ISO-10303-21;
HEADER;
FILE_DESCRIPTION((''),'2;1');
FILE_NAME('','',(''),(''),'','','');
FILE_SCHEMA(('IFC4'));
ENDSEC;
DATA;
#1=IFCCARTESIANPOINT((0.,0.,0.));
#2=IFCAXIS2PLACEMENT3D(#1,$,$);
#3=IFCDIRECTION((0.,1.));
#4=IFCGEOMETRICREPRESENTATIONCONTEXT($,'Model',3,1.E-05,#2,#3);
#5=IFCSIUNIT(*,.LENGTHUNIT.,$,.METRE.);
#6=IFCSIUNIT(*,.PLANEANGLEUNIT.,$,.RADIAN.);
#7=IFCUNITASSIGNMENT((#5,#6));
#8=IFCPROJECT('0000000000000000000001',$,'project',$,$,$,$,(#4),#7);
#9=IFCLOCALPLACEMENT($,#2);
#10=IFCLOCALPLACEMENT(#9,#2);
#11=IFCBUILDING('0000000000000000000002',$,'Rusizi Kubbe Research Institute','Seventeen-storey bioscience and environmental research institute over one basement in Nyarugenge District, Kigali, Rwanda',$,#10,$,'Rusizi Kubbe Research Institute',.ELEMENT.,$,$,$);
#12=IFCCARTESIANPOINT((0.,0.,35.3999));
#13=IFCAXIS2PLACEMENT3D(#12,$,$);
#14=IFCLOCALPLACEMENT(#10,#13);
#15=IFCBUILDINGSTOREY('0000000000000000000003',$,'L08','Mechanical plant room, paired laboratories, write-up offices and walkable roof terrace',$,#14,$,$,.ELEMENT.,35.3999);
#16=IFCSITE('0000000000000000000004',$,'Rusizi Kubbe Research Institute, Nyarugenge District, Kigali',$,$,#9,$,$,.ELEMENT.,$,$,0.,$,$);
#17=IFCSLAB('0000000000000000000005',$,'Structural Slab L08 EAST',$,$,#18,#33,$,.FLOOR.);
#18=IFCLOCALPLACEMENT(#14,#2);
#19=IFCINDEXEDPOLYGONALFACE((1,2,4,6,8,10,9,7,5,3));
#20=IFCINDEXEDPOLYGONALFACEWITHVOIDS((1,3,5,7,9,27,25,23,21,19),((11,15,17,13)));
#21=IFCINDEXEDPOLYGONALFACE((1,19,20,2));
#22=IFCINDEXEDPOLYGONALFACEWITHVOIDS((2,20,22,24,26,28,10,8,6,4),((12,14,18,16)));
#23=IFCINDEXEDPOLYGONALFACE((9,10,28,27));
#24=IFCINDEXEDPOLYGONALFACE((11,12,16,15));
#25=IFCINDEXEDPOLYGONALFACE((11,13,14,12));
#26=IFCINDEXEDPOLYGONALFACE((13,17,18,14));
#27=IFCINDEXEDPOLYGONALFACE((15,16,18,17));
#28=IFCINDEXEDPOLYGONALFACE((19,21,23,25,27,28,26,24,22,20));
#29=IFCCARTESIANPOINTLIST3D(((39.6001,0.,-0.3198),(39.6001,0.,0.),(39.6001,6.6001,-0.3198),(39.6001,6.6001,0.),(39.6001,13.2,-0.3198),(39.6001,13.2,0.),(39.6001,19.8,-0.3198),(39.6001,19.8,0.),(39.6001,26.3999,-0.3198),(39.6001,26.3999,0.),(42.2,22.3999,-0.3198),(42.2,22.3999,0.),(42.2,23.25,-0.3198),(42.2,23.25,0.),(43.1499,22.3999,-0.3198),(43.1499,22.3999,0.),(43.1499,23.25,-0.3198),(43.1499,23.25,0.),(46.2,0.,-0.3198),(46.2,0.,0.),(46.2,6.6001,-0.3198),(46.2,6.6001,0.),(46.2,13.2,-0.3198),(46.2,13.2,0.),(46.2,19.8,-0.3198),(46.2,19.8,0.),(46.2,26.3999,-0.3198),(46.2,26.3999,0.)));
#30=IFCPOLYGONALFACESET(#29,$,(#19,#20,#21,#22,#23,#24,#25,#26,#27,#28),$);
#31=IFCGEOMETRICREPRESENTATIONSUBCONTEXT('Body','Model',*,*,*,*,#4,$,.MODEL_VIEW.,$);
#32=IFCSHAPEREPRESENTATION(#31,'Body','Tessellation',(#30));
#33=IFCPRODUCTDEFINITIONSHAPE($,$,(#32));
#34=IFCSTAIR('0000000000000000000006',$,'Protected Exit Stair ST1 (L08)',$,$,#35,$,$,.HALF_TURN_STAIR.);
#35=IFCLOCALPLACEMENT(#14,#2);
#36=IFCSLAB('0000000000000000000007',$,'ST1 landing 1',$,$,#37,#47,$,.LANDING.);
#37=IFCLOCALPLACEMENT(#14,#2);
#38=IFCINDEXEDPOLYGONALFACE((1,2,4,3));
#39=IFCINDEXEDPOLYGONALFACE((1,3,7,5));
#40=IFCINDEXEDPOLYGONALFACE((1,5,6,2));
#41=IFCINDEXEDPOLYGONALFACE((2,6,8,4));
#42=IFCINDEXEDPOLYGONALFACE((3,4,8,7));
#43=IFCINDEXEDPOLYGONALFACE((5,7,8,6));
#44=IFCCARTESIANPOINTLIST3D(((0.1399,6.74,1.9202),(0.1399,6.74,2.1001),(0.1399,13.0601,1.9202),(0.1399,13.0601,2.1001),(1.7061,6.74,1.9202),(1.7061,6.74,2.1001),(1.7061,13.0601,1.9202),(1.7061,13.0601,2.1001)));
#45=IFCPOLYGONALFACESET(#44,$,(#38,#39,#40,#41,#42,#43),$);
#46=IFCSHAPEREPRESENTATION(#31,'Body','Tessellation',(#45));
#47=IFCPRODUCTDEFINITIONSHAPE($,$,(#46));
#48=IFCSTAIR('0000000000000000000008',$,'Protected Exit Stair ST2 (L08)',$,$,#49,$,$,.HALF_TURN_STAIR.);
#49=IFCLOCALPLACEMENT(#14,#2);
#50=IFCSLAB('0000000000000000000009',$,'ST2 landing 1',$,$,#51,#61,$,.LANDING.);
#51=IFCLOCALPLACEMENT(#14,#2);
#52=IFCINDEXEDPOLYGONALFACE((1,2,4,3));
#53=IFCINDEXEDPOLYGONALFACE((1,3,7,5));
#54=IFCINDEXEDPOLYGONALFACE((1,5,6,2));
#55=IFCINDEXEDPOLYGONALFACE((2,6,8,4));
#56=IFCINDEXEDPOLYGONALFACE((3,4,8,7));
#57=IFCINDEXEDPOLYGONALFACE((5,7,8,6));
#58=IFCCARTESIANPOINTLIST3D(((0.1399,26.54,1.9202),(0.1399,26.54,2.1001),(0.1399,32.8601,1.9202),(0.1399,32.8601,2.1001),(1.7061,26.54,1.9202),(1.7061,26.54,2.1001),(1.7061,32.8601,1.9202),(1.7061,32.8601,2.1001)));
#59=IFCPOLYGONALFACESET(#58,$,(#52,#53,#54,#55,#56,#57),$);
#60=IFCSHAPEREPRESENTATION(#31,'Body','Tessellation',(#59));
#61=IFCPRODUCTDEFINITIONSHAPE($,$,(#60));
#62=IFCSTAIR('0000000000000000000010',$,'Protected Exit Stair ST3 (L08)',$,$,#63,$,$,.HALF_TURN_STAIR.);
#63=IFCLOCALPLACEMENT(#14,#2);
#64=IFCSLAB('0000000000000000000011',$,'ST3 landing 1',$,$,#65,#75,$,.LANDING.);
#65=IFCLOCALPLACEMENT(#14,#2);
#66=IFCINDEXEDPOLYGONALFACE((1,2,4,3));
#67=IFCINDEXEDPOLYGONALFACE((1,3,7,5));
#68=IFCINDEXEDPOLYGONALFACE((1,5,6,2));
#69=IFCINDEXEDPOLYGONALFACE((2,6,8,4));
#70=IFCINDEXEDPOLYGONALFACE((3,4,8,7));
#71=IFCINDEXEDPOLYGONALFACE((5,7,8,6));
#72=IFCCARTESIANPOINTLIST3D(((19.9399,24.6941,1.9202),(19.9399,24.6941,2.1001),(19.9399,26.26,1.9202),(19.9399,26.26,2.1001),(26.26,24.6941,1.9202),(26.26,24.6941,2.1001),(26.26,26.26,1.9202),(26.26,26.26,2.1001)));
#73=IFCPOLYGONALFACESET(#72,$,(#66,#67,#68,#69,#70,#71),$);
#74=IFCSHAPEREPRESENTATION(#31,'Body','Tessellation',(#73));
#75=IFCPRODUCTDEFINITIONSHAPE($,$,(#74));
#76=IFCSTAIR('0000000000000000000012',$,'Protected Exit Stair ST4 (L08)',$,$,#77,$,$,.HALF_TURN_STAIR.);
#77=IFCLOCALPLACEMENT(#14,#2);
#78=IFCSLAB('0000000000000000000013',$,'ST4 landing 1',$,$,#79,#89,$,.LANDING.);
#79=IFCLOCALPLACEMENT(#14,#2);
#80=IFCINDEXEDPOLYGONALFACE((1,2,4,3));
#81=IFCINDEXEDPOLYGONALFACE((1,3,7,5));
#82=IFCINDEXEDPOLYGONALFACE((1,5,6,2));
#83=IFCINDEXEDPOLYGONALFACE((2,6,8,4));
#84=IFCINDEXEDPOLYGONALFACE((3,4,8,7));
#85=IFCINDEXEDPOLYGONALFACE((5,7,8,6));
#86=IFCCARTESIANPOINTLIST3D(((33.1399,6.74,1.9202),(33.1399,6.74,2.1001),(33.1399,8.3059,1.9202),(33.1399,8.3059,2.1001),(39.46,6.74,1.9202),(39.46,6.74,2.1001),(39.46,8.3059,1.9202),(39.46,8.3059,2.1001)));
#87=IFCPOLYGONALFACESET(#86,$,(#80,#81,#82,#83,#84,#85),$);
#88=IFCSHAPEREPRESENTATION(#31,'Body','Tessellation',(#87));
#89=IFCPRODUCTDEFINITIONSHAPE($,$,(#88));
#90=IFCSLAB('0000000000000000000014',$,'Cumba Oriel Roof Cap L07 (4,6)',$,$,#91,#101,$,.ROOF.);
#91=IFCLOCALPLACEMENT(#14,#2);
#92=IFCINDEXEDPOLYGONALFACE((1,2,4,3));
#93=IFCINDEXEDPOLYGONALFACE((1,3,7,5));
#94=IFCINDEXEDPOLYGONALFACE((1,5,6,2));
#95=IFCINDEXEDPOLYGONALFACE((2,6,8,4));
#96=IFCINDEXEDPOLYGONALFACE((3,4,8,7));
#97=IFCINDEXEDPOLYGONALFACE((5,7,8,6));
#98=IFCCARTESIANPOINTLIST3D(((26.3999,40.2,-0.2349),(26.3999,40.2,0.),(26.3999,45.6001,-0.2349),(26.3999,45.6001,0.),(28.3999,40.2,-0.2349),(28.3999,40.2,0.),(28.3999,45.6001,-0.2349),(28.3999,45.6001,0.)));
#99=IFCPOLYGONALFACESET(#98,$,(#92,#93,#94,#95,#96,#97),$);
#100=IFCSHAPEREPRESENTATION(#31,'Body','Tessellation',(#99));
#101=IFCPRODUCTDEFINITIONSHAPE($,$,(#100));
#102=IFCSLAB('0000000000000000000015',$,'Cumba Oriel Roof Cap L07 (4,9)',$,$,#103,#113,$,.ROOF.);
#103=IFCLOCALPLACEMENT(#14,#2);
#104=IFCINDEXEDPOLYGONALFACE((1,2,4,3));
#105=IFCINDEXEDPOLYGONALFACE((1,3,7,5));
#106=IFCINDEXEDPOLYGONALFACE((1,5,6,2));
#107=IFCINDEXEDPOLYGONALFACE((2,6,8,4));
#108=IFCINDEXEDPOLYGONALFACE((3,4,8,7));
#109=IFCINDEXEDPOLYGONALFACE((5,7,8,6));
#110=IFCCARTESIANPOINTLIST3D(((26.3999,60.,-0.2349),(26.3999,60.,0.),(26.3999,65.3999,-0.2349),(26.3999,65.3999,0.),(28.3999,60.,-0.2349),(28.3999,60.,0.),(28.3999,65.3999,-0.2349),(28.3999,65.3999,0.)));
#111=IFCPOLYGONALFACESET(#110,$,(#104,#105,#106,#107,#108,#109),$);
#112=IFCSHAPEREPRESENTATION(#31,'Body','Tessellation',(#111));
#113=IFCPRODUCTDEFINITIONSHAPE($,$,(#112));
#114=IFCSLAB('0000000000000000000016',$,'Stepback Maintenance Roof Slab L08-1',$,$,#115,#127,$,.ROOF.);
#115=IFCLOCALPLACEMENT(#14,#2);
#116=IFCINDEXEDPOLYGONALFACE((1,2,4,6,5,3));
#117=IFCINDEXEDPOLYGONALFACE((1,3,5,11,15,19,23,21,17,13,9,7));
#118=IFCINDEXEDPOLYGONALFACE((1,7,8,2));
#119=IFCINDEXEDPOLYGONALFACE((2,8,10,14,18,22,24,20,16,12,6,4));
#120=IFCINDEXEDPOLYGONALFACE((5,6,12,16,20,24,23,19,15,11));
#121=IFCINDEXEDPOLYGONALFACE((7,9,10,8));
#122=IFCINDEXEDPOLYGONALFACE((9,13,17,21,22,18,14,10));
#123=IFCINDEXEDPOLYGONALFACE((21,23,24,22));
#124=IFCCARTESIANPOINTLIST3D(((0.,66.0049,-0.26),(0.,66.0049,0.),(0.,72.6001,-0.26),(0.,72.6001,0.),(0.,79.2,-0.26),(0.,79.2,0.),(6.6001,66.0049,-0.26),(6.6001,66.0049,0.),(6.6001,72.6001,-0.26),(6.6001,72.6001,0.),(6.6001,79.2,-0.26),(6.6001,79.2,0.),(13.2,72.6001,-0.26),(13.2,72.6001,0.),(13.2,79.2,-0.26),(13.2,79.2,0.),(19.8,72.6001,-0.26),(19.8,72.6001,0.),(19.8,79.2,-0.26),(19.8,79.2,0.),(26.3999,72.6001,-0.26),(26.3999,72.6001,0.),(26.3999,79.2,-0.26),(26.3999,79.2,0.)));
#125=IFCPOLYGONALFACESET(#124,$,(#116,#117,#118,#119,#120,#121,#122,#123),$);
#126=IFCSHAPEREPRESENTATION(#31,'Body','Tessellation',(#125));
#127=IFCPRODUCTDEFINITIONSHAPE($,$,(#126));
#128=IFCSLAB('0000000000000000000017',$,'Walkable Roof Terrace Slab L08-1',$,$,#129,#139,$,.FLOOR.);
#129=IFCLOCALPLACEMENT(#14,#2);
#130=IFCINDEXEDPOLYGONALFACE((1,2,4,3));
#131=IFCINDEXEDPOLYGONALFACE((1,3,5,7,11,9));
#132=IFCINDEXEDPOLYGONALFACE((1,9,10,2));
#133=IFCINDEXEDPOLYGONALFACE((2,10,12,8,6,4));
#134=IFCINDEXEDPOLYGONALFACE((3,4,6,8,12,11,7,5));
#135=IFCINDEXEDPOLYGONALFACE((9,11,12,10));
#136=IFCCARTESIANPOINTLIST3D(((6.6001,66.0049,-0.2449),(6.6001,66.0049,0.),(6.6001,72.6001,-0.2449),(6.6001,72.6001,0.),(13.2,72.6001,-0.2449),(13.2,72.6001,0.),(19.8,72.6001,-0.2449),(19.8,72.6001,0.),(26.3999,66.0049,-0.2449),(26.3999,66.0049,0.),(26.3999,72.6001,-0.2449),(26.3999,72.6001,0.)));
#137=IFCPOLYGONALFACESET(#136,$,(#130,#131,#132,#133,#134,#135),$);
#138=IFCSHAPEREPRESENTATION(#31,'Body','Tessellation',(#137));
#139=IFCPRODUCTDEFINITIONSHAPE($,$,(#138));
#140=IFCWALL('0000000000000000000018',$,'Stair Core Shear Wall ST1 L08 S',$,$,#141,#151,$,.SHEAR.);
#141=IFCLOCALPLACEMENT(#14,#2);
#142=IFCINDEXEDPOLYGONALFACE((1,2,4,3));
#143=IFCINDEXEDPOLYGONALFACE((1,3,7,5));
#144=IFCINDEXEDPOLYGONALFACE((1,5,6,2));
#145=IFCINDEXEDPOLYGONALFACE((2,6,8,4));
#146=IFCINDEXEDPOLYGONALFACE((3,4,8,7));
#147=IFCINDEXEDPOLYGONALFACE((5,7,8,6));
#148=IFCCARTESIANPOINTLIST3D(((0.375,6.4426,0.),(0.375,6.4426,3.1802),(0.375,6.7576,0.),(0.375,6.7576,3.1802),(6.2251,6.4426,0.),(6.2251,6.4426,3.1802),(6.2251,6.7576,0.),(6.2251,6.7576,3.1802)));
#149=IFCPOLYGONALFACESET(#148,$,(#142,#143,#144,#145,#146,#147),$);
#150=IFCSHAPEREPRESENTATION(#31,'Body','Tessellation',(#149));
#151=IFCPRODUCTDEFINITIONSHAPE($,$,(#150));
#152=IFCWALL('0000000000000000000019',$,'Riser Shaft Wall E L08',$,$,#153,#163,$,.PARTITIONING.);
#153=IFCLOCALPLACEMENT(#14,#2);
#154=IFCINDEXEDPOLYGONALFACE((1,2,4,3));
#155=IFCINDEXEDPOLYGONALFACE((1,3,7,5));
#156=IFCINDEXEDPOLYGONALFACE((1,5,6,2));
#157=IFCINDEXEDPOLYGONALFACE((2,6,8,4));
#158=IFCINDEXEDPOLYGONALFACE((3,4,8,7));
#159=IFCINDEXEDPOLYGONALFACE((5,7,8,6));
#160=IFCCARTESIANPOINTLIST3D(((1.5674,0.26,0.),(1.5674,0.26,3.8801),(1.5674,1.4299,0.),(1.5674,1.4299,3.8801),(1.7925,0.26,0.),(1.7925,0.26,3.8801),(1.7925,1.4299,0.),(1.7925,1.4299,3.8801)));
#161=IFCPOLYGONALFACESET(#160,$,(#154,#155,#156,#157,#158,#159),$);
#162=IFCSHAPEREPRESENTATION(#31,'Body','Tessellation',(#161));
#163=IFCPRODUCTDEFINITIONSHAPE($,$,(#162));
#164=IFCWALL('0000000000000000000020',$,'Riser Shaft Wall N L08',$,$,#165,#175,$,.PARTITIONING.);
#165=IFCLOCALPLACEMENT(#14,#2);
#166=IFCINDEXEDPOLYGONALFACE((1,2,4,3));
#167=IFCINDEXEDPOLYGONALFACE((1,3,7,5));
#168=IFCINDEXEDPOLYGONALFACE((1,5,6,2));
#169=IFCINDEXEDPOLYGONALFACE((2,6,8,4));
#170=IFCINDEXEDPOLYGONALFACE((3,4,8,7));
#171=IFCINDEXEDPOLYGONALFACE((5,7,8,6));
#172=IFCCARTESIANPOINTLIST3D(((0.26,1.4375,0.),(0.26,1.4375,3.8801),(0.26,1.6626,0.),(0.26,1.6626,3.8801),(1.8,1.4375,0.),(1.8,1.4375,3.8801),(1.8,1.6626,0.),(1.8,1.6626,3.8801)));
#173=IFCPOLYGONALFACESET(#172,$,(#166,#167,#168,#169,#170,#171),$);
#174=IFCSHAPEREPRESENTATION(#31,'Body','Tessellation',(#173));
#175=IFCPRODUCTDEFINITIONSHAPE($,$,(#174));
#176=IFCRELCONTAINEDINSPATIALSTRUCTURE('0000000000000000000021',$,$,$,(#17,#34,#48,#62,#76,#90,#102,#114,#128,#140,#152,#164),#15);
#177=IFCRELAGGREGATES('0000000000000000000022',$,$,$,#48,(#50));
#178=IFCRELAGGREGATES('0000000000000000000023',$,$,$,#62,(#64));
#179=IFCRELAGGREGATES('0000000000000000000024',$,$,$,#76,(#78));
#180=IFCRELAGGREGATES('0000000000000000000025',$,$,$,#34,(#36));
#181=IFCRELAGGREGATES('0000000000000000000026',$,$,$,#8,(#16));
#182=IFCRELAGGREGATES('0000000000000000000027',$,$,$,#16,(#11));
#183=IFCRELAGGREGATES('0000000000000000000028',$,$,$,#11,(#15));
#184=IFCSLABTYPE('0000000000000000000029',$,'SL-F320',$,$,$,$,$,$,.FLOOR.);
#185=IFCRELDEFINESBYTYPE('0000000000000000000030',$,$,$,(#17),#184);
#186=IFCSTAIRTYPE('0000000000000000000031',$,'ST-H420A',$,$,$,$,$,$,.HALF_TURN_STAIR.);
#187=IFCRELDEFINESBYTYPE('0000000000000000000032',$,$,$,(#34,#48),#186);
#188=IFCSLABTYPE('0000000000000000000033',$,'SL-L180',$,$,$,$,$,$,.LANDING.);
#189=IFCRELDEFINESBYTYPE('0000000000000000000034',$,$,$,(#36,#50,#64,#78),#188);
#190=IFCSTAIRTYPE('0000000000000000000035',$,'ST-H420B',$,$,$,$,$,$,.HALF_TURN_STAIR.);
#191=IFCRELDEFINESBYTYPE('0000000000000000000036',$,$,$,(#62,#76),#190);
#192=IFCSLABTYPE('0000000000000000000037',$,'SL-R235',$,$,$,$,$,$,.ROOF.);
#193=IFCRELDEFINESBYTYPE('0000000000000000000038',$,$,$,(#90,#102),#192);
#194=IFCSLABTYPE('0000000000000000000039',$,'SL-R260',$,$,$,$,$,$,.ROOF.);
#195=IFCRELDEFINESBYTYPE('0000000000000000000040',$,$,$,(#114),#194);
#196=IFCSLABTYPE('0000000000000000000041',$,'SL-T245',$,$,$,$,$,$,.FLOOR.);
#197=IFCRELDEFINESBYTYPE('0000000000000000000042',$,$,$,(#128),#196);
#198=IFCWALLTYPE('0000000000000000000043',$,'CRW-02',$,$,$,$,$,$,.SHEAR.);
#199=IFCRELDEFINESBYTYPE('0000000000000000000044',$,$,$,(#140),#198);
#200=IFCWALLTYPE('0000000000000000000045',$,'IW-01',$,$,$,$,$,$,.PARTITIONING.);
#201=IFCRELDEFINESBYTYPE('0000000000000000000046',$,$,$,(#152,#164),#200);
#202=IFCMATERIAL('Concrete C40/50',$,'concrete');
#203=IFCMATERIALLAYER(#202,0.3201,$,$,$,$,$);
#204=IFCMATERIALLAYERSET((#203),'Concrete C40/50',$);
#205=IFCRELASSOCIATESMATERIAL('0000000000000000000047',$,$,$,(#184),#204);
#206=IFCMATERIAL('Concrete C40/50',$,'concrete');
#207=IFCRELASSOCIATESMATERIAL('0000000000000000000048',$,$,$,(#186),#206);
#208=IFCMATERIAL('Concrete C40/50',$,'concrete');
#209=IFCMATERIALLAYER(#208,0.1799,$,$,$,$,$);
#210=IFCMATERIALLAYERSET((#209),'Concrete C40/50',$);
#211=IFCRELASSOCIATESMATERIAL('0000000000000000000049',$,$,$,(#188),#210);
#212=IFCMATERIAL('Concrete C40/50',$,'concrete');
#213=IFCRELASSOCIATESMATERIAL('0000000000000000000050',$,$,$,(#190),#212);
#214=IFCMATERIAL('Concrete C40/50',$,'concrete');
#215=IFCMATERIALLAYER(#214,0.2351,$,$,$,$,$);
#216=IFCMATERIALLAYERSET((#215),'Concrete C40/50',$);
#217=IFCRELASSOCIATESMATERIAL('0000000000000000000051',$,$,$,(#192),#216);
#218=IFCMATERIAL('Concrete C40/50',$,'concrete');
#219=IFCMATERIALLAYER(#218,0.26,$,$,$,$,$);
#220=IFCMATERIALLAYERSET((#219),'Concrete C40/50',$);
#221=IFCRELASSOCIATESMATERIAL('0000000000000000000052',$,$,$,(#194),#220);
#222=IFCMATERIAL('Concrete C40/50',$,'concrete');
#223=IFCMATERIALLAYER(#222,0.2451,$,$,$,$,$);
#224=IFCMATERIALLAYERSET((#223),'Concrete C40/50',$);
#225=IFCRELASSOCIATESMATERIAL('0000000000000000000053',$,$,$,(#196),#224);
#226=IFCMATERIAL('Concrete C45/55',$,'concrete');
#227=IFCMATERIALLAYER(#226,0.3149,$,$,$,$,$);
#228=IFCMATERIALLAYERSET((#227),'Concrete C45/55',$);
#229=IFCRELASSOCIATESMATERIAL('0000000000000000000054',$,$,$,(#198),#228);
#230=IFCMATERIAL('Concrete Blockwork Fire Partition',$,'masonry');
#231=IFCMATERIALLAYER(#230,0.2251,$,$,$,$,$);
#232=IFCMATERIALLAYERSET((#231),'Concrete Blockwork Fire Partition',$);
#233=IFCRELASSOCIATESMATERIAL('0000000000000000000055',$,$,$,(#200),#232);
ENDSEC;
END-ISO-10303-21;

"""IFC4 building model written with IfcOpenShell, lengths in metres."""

from ifc_helpers import new_model, si_unit, direction, frame, frame_2d, origin, place, context, subcontext, project, spatial, polyline, rectangle, outline, extrude, material, layer, layer_set, type_object, element, aggregate, save


model = new_model("IFC4")

# Units and contexts
model_context = context("Model", 3, precision=1e-05, world=origin(), true_north=direction((0.0, 1.0)))
body_context = subcontext(model_context, "Body", "Model", "MODEL_VIEW")
ifc_project = project(units=[si_unit("LENGTHUNIT", "METRE"), si_unit("PLANEANGLEUNIT", "RADIAN")], contexts=[model_context])

# Site, building, storey
site_placement = place(None, origin())
site = spatial("IfcSite", under=ifc_project, at=site_placement, Name="Rusizi Kubbe Research Institute, Nyarugenge District, Kigali", CompositionType="ELEMENT", RefElevation=0.0)
building_placement = place(site_placement, origin())
building = spatial("IfcBuilding", under=site, at=building_placement, Name="Rusizi Kubbe Research Institute", Description="Seventeen-storey bioscience and environmental research institute over one basement in Nyarugenge District, Kigali, Rwanda", LongName="Rusizi Kubbe Research Institute", CompositionType="ELEMENT")
storey_placement = place(building_placement, frame((0.0, 0.0, 35.3999)))
storey = spatial("IfcBuildingStorey", under=building, at=storey_placement, Name="L08", Description="Mechanical plant room, paired laboratories, write-up offices and walkable roof terrace", CompositionType="ELEMENT", Elevation=35.3999)

# Slab
ifc_material_1 = material(Name="Concrete C40/50", Category="concrete")
ifc_layer_1 = layer(ifc_material_1, 0.3201)
ifc_layer_set_1 = layer_set([ifc_layer_1], Name="Concrete C40/50")
slab_type_1 = type_object("IfcSlabType", Name="SL-F320", PredefinedType="FLOOR", material=ifc_layer_set_1)
slab_1_placement = place(storey_placement, frame((0.0, 0.0, -0.3198)))
element("IfcSlab", 1, at=slab_1_placement, inside=storey, type_object=slab_type_1, Name="Structural Slab L08 EAST", PredefinedType="FLOOR", context=body_context, shape_type="SweptSolid", body=[
    extrude(outline(polyline([(39.6001, 6.6001), (39.6001, 13.2), (39.6001, 19.8), (39.6001, 26.3999), (46.2, 26.3999), (46.2, 19.8), (46.2, 13.2), (46.2, 6.6001), (46.2, 0.0), (39.6001, 0.0), (39.6001, 6.6001)]), holes=[polyline([(42.2, 23.25), (42.2, 22.3999), (43.1499, 22.3999), (43.1499, 23.25), (42.2, 23.25)])]), origin(), (0.0, 0.0, 1.0), 0.3198),
])

# Stairs, slabs
ifc_material_2 = material(Name="Concrete C40/50", Category="concrete")
stair_type_1 = type_object("IfcStairType", Name="ST-H420A", PredefinedType="HALF_TURN_STAIR", material=ifc_material_2)
stair_1_placement = place(storey_placement, origin())
stair_1 = element("IfcStair", 2, at=stair_1_placement, inside=storey, type_object=stair_type_1, Name="Protected Exit Stair ST1 (L08)", PredefinedType="HALF_TURN_STAIR")
ifc_material_3 = material(Name="Concrete C40/50", Category="concrete")
ifc_layer_2 = layer(ifc_material_3, 0.1799)
ifc_layer_set_2 = layer_set([ifc_layer_2], Name="Concrete C40/50")
slab_type_2 = type_object("IfcSlabType", Name="SL-L180", PredefinedType="LANDING", material=ifc_layer_set_2)
slab_2_placement = place(storey_placement, frame((0.0, 0.0, 1.9202)))
slab_2 = element("IfcSlab", 3, at=slab_2_placement, type_object=slab_type_2, Name="ST1 landing 1", PredefinedType="LANDING", context=body_context, shape_type="SweptSolid", body=[
    extrude(outline(polyline([(1.7061, 13.0601), (0.1399, 13.0601), (0.1399, 6.74), (1.7061, 6.74), (1.7061, 13.0601)])), origin(), (0.0, 0.0, 1.0), 0.1799),
])
stair_2_placement = place(storey_placement, origin())
stair_2 = element("IfcStair", 4, at=stair_2_placement, inside=storey, type_object=stair_type_1, Name="Protected Exit Stair ST2 (L08)", PredefinedType="HALF_TURN_STAIR")
slab_3_placement = place(storey_placement, frame((0.0, 0.0, 1.9202)))
slab_3 = element("IfcSlab", 5, at=slab_3_placement, type_object=slab_type_2, Name="ST2 landing 1", PredefinedType="LANDING", context=body_context, shape_type="SweptSolid", body=[
    extrude(outline(polyline([(1.7061, 32.8601), (0.1399, 32.8601), (0.1399, 26.54), (1.7061, 26.54), (1.7061, 32.8601)])), origin(), (0.0, 0.0, 1.0), 0.1799),
])
aggregate(stair_2, [slab_3])
ifc_material_4 = material(Name="Concrete C40/50", Category="concrete")
stair_type_2 = type_object("IfcStairType", Name="ST-H420B", PredefinedType="HALF_TURN_STAIR", material=ifc_material_4)
stair_3_placement = place(storey_placement, origin())
stair_3 = element("IfcStair", 6, at=stair_3_placement, inside=storey, type_object=stair_type_2, Name="Protected Exit Stair ST3 (L08)", PredefinedType="HALF_TURN_STAIR")
slab_4_placement = place(storey_placement, frame((0.0, 0.0, 1.9202)))
slab_4 = element("IfcSlab", 7, at=slab_4_placement, type_object=slab_type_2, Name="ST3 landing 1", PredefinedType="LANDING", context=body_context, shape_type="SweptSolid", body=[
    extrude(outline(polyline([(26.26, 24.6941), (26.26, 26.26), (19.9399, 26.26), (19.9399, 24.6941), (26.26, 24.6941)])), origin(), (0.0, 0.0, 1.0), 0.1799),
])
aggregate(stair_3, [slab_4])
stair_4_placement = place(storey_placement, origin())
stair_4 = element("IfcStair", 8, at=stair_4_placement, inside=storey, type_object=stair_type_2, Name="Protected Exit Stair ST4 (L08)", PredefinedType="HALF_TURN_STAIR")
slab_5_placement = place(storey_placement, frame((0.0, 0.0, 1.9202)))
slab_5 = element("IfcSlab", 9, at=slab_5_placement, type_object=slab_type_2, Name="ST4 landing 1", PredefinedType="LANDING", context=body_context, shape_type="SweptSolid", body=[
    extrude(outline(polyline([(33.1399, 8.3059), (33.1399, 6.74), (39.46, 6.74), (39.46, 8.3059), (33.1399, 8.3059)])), origin(), (0.0, 0.0, 1.0), 0.1799),
])
aggregate(stair_4, [slab_5])

# Slabs
ifc_material_5 = material(Name="Concrete C40/50", Category="concrete")
ifc_layer_3 = layer(ifc_material_5, 0.2351)
ifc_layer_set_3 = layer_set([ifc_layer_3], Name="Concrete C40/50")
slab_type_3 = type_object("IfcSlabType", Name="SL-R235", PredefinedType="ROOF", material=ifc_layer_set_3)
slab_6_placement = place(storey_placement, frame((0.0, 0.0, -0.2349)))
element("IfcSlab", 10, at=slab_6_placement, inside=storey, type_object=slab_type_3, Name="Cumba Oriel Roof Cap L07 (4,6)", PredefinedType="ROOF", context=body_context, shape_type="SweptSolid", body=[
    extrude(outline(polyline([(26.3999, 40.2), (28.3999, 40.2), (28.3999, 45.6001), (26.3999, 45.6001), (26.3999, 40.2)])), origin(), (0.0, 0.0, 1.0), 0.2349),
])
slab_7_placement = place(storey_placement, frame((0.0, 0.0, -0.2349)))
element("IfcSlab", 11, at=slab_7_placement, inside=storey, type_object=slab_type_3, Name="Cumba Oriel Roof Cap L07 (4,9)", PredefinedType="ROOF", context=body_context, shape_type="SweptSolid", body=[
    extrude(outline(polyline([(26.3999, 60.0), (28.3999, 60.0), (28.3999, 65.3999), (26.3999, 65.3999), (26.3999, 60.0)])), origin(), (0.0, 0.0, 1.0), 0.2349),
])
ifc_material_6 = material(Name="Concrete C40/50", Category="concrete")
ifc_layer_4 = layer(ifc_material_6, 0.26)
ifc_layer_set_4 = layer_set([ifc_layer_4], Name="Concrete C40/50")
slab_type_4 = type_object("IfcSlabType", Name="SL-R260", PredefinedType="ROOF", material=ifc_layer_set_4)
slab_8_placement = place(storey_placement, frame((0.0, 0.0, -0.26)))
element("IfcSlab", 12, at=slab_8_placement, inside=storey, type_object=slab_type_4, Name="Stepback Maintenance Roof Slab L08-1", PredefinedType="ROOF", context=body_context, shape_type="SweptSolid", body=[
    extrude(outline(polyline([(0.0, 72.6001), (0.0, 79.2), (6.6001, 79.2), (13.2, 79.2), (19.8, 79.2), (26.3999, 79.2), (26.3999, 72.6001), (19.8, 72.6001), (13.2, 72.6001), (6.6001, 72.6001), (6.6001, 66.0049), (0.0, 66.0049), (0.0, 72.6001)])), origin(), (0.0, 0.0, 1.0), 0.26),
])
ifc_material_7 = material(Name="Concrete C40/50", Category="concrete")
ifc_layer_5 = layer(ifc_material_7, 0.2451)
ifc_layer_set_5 = layer_set([ifc_layer_5], Name="Concrete C40/50")
slab_type_5 = type_object("IfcSlabType", Name="SL-T245", PredefinedType="FLOOR", material=ifc_layer_set_5)
slab_9_placement = place(storey_placement, frame((0.0, 0.0, -0.2449)))
element("IfcSlab", 13, at=slab_9_placement, inside=storey, type_object=slab_type_5, Name="Walkable Roof Terrace Slab L08-1", PredefinedType="FLOOR", context=body_context, shape_type="SweptSolid", body=[
    extrude(outline(polyline([(6.6001, 72.6001), (13.2, 72.6001), (19.8, 72.6001), (26.3999, 72.6001), (26.3999, 66.0049), (6.6001, 66.0049), (6.6001, 72.6001)])), origin(), (0.0, 0.0, 1.0), 0.2449),
])

# Walls
ifc_material_8 = material(Name="Concrete C45/55", Category="concrete")
ifc_layer_6 = layer(ifc_material_8, 0.3149)
ifc_layer_set_6 = layer_set([ifc_layer_6], Name="Concrete C45/55")
wall_type_1 = type_object("IfcWallType", Name="CRW-02", PredefinedType="SHEAR", material=ifc_layer_set_6)
wall_1_placement = place(storey_placement, frame((0.375, 6.6001, 0.0), z_axis=(0.0, 0.0, 1.0), x_axis=(1.0, 0.0, 0.0)))
element("IfcWall", 14, at=wall_1_placement, inside=storey, type_object=wall_type_1, Name="Stair Core Shear Wall ST1 L08 S", PredefinedType="SHEAR", context=body_context, shape_type="SweptSolid", body=[
    extrude(rectangle(XDim=5.8501, YDim=0.3149, at=frame_2d((2.925, 0.0))), origin(), (0.0, 0.0, 1.0), 3.1802),
])
ifc_material_9 = material(Name="Concrete Blockwork Fire Partition", Category="masonry")
ifc_layer_7 = layer(ifc_material_9, 0.2251)
ifc_layer_set_7 = layer_set([ifc_layer_7], Name="Concrete Blockwork Fire Partition")
wall_type_2 = type_object("IfcWallType", Name="IW-01", PredefinedType="PARTITIONING", material=ifc_layer_set_7)
wall_2_placement = place(storey_placement, frame((1.6799, 0.26, 0.0), z_axis=(0.0, 0.0, 1.0), x_axis=(0.0, 1.0, 0.0)))
element("IfcWall", 15, at=wall_2_placement, inside=storey, type_object=wall_type_2, Name="Riser Shaft Wall E L08", PredefinedType="PARTITIONING", context=body_context, shape_type="SweptSolid", body=[
    extrude(rectangle(XDim=1.1699, YDim=0.2251, at=frame_2d((0.585, 0.0))), origin(), (0.0, 0.0, 1.0), 3.8801),
])
wall_3_placement = place(storey_placement, frame((0.26, 1.55, 0.0), z_axis=(0.0, 0.0, 1.0), x_axis=(1.0, 0.0, 0.0)))
element("IfcWall", 16, at=wall_3_placement, inside=storey, type_object=wall_type_2, Name="Riser Shaft Wall N L08", PredefinedType="PARTITIONING", context=body_context, shape_type="SweptSolid", body=[
    extrude(rectangle(XDim=1.54, YDim=0.2251, at=frame_2d((0.77, 0.0))), origin(), (0.0, 0.0, 1.0), 3.8801),
])

aggregate(stair_1, [slab_2])

save(model, "model.ifc")
